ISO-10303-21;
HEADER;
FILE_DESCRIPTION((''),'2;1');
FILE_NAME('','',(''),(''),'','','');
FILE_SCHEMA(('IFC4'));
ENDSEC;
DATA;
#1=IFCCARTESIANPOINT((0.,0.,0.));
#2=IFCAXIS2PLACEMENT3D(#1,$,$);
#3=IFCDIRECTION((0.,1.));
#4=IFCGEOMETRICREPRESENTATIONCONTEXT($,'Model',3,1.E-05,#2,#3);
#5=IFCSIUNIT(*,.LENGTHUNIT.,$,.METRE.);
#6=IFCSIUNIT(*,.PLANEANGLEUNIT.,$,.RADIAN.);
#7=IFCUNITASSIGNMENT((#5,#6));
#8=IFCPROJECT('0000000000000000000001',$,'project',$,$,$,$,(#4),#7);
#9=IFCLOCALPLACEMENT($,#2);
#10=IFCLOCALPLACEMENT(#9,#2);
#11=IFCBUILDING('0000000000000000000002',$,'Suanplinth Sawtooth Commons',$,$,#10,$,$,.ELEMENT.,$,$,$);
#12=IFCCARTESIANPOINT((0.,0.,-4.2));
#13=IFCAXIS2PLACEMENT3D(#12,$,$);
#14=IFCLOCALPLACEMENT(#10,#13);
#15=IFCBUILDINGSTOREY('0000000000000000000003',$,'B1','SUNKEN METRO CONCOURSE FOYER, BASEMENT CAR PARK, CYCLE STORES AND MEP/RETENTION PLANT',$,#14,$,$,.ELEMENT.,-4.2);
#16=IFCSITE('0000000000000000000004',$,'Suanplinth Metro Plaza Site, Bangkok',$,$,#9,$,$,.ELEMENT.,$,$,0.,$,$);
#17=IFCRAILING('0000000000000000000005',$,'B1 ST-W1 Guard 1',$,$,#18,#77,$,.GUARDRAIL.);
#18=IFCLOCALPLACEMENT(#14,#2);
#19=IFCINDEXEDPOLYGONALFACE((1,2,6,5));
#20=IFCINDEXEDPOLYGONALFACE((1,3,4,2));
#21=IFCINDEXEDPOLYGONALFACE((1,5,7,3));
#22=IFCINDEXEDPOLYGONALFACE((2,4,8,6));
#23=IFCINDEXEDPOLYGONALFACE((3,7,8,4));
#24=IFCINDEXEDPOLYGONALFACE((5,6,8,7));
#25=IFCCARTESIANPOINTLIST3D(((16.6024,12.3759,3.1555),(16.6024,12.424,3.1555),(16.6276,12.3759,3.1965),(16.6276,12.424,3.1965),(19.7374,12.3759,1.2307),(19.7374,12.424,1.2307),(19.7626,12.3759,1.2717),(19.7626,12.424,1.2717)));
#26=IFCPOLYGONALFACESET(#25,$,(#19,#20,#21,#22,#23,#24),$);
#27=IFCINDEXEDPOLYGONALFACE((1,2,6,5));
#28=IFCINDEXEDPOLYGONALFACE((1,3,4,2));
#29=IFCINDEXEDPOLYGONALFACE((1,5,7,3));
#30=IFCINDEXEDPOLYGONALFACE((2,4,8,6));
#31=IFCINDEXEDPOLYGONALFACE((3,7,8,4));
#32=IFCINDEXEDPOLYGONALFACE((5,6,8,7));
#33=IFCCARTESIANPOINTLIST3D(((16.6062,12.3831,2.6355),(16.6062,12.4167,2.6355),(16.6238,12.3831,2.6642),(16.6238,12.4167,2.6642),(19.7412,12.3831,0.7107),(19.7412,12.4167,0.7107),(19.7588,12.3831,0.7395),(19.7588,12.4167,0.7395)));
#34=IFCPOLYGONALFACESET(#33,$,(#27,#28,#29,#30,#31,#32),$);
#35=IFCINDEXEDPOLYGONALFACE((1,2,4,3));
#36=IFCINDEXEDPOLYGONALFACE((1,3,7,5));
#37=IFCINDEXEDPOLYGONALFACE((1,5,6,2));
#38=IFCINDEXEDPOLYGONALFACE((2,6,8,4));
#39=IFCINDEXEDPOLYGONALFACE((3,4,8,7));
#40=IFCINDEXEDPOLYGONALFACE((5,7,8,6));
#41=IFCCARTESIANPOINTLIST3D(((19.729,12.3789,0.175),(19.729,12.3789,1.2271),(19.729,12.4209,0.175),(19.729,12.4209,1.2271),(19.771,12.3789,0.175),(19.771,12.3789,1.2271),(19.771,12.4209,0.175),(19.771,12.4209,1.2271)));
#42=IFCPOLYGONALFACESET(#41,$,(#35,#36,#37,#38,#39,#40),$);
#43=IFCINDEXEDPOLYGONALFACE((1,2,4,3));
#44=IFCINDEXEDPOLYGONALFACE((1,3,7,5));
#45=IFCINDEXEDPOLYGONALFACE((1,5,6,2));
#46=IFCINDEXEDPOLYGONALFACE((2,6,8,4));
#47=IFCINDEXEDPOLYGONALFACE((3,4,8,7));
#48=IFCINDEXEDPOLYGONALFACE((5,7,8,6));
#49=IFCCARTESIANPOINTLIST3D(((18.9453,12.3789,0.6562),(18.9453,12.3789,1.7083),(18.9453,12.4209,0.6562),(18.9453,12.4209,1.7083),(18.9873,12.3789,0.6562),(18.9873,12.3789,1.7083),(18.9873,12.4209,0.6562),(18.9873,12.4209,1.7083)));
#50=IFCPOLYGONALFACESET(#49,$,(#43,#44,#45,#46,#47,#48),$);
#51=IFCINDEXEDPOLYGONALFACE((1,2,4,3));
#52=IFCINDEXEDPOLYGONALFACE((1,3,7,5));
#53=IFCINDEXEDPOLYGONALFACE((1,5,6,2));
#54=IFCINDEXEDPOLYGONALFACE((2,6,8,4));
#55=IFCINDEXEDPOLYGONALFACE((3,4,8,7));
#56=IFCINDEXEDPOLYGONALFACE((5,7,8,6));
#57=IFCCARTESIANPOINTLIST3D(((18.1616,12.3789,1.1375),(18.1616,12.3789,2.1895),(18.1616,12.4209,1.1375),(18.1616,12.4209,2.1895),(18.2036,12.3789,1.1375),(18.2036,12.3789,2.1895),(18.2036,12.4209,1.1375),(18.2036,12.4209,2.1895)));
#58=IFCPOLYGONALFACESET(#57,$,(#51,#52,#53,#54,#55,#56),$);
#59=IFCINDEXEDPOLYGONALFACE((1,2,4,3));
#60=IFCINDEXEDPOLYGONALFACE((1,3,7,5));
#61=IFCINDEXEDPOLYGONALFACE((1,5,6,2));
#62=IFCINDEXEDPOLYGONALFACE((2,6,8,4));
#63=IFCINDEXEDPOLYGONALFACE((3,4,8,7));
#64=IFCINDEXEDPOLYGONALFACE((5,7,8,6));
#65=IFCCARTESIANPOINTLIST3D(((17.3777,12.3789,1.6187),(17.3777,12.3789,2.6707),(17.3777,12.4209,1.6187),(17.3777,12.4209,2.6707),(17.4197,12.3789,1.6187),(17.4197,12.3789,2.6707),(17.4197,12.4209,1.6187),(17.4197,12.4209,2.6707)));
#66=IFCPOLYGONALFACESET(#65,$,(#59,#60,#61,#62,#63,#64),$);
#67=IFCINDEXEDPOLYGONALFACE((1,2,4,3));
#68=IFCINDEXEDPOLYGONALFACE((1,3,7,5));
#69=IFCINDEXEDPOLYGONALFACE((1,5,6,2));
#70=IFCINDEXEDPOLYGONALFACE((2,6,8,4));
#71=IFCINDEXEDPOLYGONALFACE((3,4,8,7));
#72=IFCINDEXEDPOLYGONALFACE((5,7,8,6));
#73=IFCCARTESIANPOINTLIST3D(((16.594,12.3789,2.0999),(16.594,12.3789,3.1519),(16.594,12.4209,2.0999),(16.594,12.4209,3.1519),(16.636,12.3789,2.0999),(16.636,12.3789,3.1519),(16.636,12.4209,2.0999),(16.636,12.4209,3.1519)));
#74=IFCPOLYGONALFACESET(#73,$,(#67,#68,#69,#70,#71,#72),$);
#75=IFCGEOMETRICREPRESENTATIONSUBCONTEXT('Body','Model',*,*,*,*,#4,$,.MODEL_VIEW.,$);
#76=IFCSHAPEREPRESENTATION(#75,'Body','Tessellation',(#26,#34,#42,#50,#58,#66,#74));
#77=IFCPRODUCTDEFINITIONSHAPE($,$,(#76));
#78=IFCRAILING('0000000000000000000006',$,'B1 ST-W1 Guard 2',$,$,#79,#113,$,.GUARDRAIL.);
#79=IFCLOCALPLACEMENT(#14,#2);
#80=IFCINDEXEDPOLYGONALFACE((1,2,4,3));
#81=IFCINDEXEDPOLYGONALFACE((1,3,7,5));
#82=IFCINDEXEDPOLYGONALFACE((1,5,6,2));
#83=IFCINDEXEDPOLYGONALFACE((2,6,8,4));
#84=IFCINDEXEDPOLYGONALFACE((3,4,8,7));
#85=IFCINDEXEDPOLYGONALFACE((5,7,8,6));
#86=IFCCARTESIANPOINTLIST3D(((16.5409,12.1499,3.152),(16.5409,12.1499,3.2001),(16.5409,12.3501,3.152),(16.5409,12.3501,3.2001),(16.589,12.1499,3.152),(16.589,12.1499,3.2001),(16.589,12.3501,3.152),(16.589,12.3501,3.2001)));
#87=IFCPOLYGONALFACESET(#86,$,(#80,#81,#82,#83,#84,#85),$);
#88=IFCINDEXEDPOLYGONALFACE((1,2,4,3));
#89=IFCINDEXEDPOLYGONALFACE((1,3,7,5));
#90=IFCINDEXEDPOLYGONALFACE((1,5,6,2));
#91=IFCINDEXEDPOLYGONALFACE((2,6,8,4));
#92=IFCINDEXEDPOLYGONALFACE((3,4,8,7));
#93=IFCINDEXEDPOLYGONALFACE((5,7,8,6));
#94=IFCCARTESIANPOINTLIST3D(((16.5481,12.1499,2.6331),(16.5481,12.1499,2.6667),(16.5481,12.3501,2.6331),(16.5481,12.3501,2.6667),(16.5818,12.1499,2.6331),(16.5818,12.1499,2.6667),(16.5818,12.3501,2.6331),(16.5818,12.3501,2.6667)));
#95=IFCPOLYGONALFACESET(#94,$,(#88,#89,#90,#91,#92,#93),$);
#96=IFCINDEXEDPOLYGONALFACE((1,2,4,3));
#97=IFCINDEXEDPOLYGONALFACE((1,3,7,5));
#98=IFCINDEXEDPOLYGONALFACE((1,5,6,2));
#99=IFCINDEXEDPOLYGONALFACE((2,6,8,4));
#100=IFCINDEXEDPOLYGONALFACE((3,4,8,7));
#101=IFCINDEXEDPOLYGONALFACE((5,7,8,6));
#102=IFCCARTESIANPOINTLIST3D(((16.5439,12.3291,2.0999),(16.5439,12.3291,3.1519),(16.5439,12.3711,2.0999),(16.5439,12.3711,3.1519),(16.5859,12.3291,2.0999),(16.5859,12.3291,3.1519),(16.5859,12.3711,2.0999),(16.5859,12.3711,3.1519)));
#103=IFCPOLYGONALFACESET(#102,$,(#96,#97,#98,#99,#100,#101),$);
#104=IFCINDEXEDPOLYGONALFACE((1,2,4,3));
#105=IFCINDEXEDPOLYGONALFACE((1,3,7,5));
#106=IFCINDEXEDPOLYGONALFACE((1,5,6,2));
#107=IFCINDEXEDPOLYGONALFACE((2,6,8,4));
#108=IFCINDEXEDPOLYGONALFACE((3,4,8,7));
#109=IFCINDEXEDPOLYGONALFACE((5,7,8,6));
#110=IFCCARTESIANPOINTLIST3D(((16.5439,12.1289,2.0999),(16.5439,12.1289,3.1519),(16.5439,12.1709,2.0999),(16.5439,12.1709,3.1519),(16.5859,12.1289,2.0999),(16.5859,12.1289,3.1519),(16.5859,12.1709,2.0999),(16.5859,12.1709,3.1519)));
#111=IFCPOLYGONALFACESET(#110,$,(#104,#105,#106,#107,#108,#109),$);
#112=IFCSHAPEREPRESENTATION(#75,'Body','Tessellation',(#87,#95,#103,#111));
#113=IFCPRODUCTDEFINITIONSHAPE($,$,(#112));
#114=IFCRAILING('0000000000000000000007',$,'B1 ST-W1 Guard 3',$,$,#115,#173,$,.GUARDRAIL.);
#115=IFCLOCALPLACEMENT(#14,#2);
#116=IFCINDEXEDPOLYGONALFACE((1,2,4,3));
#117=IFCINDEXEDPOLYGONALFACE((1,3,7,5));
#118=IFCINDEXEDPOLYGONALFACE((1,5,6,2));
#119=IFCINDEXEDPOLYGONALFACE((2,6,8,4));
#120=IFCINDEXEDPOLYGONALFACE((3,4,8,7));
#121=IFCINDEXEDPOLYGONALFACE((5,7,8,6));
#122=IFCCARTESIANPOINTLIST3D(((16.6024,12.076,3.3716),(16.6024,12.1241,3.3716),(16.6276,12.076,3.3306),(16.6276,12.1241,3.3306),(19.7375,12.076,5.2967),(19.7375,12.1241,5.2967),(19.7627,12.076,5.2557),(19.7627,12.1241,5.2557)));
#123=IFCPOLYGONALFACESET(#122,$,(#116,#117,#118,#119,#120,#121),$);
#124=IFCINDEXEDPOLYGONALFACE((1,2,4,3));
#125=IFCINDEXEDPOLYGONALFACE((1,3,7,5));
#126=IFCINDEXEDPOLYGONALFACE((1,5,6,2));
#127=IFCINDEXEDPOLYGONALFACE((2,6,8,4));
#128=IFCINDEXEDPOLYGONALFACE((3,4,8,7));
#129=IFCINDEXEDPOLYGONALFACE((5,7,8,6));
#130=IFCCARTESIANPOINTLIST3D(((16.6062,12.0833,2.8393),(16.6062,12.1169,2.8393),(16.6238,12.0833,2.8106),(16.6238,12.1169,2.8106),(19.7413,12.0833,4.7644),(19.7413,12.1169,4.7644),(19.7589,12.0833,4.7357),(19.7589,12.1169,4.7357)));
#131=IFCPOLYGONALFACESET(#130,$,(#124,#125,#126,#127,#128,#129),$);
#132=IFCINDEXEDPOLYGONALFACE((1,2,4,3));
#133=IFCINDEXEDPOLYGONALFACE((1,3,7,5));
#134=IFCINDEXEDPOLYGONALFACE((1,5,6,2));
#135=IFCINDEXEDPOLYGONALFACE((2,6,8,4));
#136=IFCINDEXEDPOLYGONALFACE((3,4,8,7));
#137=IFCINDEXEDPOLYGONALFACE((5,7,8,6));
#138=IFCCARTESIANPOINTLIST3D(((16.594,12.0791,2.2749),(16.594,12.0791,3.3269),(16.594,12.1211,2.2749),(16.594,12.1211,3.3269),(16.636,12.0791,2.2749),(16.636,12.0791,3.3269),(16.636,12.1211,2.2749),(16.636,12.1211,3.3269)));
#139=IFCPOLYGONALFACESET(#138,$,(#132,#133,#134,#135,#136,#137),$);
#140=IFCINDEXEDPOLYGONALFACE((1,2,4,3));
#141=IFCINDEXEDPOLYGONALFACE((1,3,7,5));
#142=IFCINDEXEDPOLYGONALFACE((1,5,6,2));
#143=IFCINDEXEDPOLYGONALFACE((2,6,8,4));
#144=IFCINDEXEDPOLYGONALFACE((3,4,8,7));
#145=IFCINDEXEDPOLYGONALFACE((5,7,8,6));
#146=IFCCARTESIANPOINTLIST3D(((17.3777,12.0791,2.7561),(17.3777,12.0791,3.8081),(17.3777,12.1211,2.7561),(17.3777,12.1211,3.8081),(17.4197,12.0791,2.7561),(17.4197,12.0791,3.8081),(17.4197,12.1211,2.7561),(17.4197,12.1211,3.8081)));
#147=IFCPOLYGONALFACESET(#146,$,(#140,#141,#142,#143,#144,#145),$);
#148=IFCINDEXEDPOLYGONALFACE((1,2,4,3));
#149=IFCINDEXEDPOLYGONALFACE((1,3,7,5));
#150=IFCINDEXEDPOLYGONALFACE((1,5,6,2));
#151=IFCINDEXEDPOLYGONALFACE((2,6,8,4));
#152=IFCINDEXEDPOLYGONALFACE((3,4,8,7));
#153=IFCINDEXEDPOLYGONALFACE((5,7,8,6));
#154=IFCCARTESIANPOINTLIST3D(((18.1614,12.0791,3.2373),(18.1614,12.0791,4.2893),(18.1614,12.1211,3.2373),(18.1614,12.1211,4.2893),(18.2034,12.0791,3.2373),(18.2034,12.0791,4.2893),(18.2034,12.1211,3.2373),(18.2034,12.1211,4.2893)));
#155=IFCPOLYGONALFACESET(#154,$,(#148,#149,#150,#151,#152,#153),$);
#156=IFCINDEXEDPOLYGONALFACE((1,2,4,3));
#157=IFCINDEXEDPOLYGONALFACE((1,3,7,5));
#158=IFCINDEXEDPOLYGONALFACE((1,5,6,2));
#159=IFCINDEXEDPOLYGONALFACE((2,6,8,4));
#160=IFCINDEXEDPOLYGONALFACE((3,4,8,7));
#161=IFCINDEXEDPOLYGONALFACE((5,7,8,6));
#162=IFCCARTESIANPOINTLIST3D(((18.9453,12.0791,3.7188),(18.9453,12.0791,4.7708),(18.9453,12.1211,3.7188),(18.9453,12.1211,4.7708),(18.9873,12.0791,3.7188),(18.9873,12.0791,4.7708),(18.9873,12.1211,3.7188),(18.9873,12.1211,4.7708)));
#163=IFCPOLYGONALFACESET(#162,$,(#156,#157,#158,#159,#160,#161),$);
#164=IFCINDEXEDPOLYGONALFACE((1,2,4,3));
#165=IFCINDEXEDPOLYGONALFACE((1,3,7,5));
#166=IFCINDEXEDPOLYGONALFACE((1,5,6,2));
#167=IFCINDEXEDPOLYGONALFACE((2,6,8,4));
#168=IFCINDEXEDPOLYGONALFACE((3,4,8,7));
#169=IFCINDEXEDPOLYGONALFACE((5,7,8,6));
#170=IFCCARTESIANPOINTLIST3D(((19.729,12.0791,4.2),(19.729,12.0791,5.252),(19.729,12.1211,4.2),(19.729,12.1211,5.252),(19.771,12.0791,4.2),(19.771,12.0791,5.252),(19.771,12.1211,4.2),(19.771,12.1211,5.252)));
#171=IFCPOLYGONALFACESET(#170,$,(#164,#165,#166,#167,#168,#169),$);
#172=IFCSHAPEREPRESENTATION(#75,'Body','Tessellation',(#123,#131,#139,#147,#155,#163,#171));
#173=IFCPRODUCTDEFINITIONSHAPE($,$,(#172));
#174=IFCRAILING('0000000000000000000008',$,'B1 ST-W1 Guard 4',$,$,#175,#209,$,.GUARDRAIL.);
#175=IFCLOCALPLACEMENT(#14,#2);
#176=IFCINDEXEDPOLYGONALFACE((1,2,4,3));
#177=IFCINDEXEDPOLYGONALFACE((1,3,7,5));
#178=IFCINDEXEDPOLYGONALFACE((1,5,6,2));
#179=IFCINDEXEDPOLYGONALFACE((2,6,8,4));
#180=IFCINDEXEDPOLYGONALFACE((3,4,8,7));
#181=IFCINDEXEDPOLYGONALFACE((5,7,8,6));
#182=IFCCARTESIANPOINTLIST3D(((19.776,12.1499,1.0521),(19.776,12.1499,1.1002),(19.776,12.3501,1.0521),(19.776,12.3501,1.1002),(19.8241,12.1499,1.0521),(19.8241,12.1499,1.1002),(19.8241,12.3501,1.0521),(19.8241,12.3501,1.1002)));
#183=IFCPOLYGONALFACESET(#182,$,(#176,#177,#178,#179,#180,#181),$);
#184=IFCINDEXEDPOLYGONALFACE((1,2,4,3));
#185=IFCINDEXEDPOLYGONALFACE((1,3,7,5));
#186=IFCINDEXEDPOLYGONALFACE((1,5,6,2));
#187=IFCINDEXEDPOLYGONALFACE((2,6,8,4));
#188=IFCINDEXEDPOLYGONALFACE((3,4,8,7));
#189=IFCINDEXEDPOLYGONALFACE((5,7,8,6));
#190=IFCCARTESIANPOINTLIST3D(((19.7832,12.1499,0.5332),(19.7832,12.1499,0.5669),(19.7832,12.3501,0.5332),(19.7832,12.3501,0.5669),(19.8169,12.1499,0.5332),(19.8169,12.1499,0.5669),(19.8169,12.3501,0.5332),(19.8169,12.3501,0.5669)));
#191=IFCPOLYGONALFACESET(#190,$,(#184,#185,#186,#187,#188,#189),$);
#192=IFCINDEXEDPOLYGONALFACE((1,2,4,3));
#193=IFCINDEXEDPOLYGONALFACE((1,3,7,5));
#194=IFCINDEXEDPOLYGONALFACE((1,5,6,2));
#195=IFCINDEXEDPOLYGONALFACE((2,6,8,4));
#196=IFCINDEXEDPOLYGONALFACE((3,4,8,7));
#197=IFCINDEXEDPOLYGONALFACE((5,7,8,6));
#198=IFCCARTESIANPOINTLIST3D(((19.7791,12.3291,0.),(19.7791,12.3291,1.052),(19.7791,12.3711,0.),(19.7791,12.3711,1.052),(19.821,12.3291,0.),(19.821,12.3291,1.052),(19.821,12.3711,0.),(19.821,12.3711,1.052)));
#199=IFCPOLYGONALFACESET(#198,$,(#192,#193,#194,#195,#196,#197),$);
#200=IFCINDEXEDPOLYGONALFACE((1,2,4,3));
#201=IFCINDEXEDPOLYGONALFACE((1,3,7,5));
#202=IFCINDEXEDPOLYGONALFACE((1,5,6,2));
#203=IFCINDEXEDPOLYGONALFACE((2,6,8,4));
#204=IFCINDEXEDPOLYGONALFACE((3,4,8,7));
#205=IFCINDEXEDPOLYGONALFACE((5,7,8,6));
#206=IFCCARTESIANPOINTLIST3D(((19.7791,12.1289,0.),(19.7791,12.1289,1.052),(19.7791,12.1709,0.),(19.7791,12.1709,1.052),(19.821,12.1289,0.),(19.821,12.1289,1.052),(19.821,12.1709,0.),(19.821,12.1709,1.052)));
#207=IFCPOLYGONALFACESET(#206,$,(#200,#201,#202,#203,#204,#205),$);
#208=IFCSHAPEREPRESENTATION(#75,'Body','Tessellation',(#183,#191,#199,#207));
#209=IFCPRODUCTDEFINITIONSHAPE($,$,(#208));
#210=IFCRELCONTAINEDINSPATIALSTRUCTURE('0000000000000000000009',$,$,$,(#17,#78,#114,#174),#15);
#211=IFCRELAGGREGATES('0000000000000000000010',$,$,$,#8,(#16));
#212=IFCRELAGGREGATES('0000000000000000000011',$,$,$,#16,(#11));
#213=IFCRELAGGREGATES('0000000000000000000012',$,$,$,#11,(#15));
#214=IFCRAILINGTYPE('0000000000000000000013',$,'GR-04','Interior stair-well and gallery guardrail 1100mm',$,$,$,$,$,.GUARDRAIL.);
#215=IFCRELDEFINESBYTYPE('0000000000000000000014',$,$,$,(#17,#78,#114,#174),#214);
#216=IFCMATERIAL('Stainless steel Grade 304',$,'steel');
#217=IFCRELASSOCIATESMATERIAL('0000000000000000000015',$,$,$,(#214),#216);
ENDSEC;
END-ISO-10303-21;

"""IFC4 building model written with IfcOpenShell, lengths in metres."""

from ifc_helpers import new_model, si_unit, direction, frame, origin, origin_2d, place, context, subcontext, project, spatial, rectangle, extrude, material, type_object, element, save


model = new_model("IFC4")

# Units and contexts
model_context = context("Model", 3, precision=1e-05, world=origin(), true_north=direction((0.0, 1.0)))
body_context = subcontext(model_context, "Body", "Model", "MODEL_VIEW")
ifc_project = project(units=[si_unit("LENGTHUNIT", "METRE"), si_unit("PLANEANGLEUNIT", "RADIAN")], contexts=[model_context])

# Site, building, storey
site_placement = place(None, origin())
site = spatial("IfcSite", under=ifc_project, at=site_placement, Name="Suanplinth Metro Plaza Site, Bangkok", CompositionType="ELEMENT", RefElevation=0.0)
building_placement = place(site_placement, origin())
building = spatial("IfcBuilding", under=site, at=building_placement, Name="Suanplinth Sawtooth Commons", CompositionType="ELEMENT")
storey_placement = place(building_placement, frame((0.0, 0.0, -4.2)))
storey = spatial("IfcBuildingStorey", under=building, at=storey_placement, Name="B1", Description="SUNKEN METRO CONCOURSE FOYER, BASEMENT CAR PARK, CYCLE STORES AND MEP/RETENTION PLANT", CompositionType="ELEMENT", Elevation=-4.2)

# Railings
ifc_material_1 = material(Name="Stainless steel Grade 304", Category="steel")
railing_type_1 = type_object("IfcRailingType", Name="GR-04", Description="Interior stair-well and gallery guardrail 1100mm", PredefinedType="GUARDRAIL", material=ifc_material_1)
railing_1_placement = place(storey_placement, frame((19.75, 12.3999, 0.175)))
element("IfcRailing", 1, at=railing_1_placement, inside=storey, type_object=railing_type_1, Name="B1 ST-W1 Guard 1", PredefinedType="GUARDRAIL", context=body_context, shape_type="SweptSolid", body=[
    extrude(rectangle(XDim=0.0481, YDim=0.0481, at=origin_2d()), frame((0.0, 0.0, 1.0762), z_axis=(-0.852196, 0.0, 0.523223), x_axis=(0.0, -1.0, 0.0)), (0.0, 0.0, 1.0), 3.6787),
    extrude(rectangle(XDim=0.0337, YDim=0.0337, at=origin_2d()), frame((0.0, 0.0, 0.55), z_axis=(-0.852196, 0.0, 0.523223), x_axis=(0.0, -1.0, 0.0)), (0.0, 0.0, 1.0), 3.6787),
    extrude(rectangle(XDim=0.042, YDim=0.042, at=origin_2d()), origin(), (0.0, 0.0, 1.0), 1.052),
    extrude(rectangle(XDim=0.042, YDim=0.042, at=origin_2d()), frame((-0.7837, 0.0, 0.4812)), (0.0, 0.0, 1.0), 1.052),
    extrude(rectangle(XDim=0.042, YDim=0.042, at=origin_2d()), frame((-1.5674, 0.0, 0.9624)), (0.0, 0.0, 1.0), 1.052),
    extrude(rectangle(XDim=0.042, YDim=0.042, at=origin_2d()), frame((-2.3513, 0.0, 1.4436)), (0.0, 0.0, 1.0), 1.052),
    extrude(rectangle(XDim=0.042, YDim=0.042, at=origin_2d()), frame((-3.135, 0.0, 1.9248)), (0.0, 0.0, 1.0), 1.052),
])
railing_2_placement = place(storey_placement, frame((16.5649, 12.3501, 2.0999)))
element("IfcRailing", 2, at=railing_2_placement, inside=storey, type_object=railing_type_1, Name="B1 ST-W1 Guard 2", PredefinedType="GUARDRAIL", context=body_context, shape_type="SweptSolid", body=[
    extrude(rectangle(XDim=0.0481, YDim=0.0481, at=origin_2d()), frame((0.0, 0.0, 1.0762), z_axis=(0.0, -1.0, 0.0), x_axis=(1.0, 0.0, 0.0)), (0.0, 0.0, 1.0), 0.2002),
    extrude(rectangle(XDim=0.0337, YDim=0.0337, at=origin_2d()), frame((0.0, 0.0, 0.55), z_axis=(0.0, -1.0, 0.0), x_axis=(1.0, 0.0, 0.0)), (0.0, 0.0, 1.0), 0.2002),
    extrude(rectangle(XDim=0.042, YDim=0.042, at=origin_2d()), origin(), (0.0, 0.0, 1.0), 1.052),
    extrude(rectangle(XDim=0.042, YDim=0.042, at=origin_2d()), frame((0.0, -0.2002, 0.0)), (0.0, 0.0, 1.0), 1.052),
])
railing_3_placement = place(storey_placement, frame((16.615, 12.1001, 2.2749)))
element("IfcRailing", 3, at=railing_3_placement, inside=storey, type_object=railing_type_1, Name="B1 ST-W1 Guard 3", PredefinedType="GUARDRAIL", context=body_context, shape_type="SweptSolid", body=[
    extrude(rectangle(XDim=0.0481, YDim=0.0481, at=origin_2d()), frame((0.0, 0.0, 1.0762), z_axis=(0.852166, 0.0, 0.523271), x_axis=(0.0, 1.0, 0.0)), (0.0, 0.0, 1.0), 3.679),
    extrude(rectangle(XDim=0.0337, YDim=0.0337, at=origin_2d()), frame((0.0, 0.0, 0.55), z_axis=(0.852166, 0.0, 0.523271), x_axis=(0.0, 1.0, 0.0)), (0.0, 0.0, 1.0), 3.679),
    extrude(rectangle(XDim=0.042, YDim=0.042, at=origin_2d()), origin(), (0.0, 0.0, 1.0), 1.052),
    extrude(rectangle(XDim=0.042, YDim=0.042, at=origin_2d()), frame((0.7837, 0.0, 0.4812)), (0.0, 0.0, 1.0), 1.052),
    extrude(rectangle(XDim=0.042, YDim=0.042, at=origin_2d()), frame((1.5674, 0.0, 0.9624)), (0.0, 0.0, 1.0), 1.052),
    extrude(rectangle(XDim=0.042, YDim=0.042, at=origin_2d()), frame((2.3513, 0.0, 1.4438)), (0.0, 0.0, 1.0), 1.052),
    extrude(rectangle(XDim=0.042, YDim=0.042, at=origin_2d()), frame((3.135, 0.0, 1.925)), (0.0, 0.0, 1.0), 1.052),
])
railing_4_placement = place(storey_placement, frame((19.8, 12.3501, 0.0)))
element("IfcRailing", 4, at=railing_4_placement, inside=storey, type_object=railing_type_1, Name="B1 ST-W1 Guard 4", PredefinedType="GUARDRAIL", context=body_context, shape_type="SweptSolid", body=[
    extrude(rectangle(XDim=0.0481, YDim=0.0481, at=origin_2d()), frame((0.0, 0.0, 1.0762), z_axis=(0.0, -1.0, 0.0), x_axis=(1.0, 0.0, 0.0)), (0.0, 0.0, 1.0), 0.2002),
    extrude(rectangle(XDim=0.0337, YDim=0.0337, at=origin_2d()), frame((0.0, 0.0, 0.55), z_axis=(0.0, -1.0, 0.0), x_axis=(1.0, 0.0, 0.0)), (0.0, 0.0, 1.0), 0.2002),
    extrude(rectangle(XDim=0.042, YDim=0.042, at=origin_2d()), origin(), (0.0, 0.0, 1.0), 1.052),
    extrude(rectangle(XDim=0.042, YDim=0.042, at=origin_2d()), frame((0.0, -0.2002, 0.0)), (0.0, 0.0, 1.0), 1.052),
])

save(model, "model.ifc")
